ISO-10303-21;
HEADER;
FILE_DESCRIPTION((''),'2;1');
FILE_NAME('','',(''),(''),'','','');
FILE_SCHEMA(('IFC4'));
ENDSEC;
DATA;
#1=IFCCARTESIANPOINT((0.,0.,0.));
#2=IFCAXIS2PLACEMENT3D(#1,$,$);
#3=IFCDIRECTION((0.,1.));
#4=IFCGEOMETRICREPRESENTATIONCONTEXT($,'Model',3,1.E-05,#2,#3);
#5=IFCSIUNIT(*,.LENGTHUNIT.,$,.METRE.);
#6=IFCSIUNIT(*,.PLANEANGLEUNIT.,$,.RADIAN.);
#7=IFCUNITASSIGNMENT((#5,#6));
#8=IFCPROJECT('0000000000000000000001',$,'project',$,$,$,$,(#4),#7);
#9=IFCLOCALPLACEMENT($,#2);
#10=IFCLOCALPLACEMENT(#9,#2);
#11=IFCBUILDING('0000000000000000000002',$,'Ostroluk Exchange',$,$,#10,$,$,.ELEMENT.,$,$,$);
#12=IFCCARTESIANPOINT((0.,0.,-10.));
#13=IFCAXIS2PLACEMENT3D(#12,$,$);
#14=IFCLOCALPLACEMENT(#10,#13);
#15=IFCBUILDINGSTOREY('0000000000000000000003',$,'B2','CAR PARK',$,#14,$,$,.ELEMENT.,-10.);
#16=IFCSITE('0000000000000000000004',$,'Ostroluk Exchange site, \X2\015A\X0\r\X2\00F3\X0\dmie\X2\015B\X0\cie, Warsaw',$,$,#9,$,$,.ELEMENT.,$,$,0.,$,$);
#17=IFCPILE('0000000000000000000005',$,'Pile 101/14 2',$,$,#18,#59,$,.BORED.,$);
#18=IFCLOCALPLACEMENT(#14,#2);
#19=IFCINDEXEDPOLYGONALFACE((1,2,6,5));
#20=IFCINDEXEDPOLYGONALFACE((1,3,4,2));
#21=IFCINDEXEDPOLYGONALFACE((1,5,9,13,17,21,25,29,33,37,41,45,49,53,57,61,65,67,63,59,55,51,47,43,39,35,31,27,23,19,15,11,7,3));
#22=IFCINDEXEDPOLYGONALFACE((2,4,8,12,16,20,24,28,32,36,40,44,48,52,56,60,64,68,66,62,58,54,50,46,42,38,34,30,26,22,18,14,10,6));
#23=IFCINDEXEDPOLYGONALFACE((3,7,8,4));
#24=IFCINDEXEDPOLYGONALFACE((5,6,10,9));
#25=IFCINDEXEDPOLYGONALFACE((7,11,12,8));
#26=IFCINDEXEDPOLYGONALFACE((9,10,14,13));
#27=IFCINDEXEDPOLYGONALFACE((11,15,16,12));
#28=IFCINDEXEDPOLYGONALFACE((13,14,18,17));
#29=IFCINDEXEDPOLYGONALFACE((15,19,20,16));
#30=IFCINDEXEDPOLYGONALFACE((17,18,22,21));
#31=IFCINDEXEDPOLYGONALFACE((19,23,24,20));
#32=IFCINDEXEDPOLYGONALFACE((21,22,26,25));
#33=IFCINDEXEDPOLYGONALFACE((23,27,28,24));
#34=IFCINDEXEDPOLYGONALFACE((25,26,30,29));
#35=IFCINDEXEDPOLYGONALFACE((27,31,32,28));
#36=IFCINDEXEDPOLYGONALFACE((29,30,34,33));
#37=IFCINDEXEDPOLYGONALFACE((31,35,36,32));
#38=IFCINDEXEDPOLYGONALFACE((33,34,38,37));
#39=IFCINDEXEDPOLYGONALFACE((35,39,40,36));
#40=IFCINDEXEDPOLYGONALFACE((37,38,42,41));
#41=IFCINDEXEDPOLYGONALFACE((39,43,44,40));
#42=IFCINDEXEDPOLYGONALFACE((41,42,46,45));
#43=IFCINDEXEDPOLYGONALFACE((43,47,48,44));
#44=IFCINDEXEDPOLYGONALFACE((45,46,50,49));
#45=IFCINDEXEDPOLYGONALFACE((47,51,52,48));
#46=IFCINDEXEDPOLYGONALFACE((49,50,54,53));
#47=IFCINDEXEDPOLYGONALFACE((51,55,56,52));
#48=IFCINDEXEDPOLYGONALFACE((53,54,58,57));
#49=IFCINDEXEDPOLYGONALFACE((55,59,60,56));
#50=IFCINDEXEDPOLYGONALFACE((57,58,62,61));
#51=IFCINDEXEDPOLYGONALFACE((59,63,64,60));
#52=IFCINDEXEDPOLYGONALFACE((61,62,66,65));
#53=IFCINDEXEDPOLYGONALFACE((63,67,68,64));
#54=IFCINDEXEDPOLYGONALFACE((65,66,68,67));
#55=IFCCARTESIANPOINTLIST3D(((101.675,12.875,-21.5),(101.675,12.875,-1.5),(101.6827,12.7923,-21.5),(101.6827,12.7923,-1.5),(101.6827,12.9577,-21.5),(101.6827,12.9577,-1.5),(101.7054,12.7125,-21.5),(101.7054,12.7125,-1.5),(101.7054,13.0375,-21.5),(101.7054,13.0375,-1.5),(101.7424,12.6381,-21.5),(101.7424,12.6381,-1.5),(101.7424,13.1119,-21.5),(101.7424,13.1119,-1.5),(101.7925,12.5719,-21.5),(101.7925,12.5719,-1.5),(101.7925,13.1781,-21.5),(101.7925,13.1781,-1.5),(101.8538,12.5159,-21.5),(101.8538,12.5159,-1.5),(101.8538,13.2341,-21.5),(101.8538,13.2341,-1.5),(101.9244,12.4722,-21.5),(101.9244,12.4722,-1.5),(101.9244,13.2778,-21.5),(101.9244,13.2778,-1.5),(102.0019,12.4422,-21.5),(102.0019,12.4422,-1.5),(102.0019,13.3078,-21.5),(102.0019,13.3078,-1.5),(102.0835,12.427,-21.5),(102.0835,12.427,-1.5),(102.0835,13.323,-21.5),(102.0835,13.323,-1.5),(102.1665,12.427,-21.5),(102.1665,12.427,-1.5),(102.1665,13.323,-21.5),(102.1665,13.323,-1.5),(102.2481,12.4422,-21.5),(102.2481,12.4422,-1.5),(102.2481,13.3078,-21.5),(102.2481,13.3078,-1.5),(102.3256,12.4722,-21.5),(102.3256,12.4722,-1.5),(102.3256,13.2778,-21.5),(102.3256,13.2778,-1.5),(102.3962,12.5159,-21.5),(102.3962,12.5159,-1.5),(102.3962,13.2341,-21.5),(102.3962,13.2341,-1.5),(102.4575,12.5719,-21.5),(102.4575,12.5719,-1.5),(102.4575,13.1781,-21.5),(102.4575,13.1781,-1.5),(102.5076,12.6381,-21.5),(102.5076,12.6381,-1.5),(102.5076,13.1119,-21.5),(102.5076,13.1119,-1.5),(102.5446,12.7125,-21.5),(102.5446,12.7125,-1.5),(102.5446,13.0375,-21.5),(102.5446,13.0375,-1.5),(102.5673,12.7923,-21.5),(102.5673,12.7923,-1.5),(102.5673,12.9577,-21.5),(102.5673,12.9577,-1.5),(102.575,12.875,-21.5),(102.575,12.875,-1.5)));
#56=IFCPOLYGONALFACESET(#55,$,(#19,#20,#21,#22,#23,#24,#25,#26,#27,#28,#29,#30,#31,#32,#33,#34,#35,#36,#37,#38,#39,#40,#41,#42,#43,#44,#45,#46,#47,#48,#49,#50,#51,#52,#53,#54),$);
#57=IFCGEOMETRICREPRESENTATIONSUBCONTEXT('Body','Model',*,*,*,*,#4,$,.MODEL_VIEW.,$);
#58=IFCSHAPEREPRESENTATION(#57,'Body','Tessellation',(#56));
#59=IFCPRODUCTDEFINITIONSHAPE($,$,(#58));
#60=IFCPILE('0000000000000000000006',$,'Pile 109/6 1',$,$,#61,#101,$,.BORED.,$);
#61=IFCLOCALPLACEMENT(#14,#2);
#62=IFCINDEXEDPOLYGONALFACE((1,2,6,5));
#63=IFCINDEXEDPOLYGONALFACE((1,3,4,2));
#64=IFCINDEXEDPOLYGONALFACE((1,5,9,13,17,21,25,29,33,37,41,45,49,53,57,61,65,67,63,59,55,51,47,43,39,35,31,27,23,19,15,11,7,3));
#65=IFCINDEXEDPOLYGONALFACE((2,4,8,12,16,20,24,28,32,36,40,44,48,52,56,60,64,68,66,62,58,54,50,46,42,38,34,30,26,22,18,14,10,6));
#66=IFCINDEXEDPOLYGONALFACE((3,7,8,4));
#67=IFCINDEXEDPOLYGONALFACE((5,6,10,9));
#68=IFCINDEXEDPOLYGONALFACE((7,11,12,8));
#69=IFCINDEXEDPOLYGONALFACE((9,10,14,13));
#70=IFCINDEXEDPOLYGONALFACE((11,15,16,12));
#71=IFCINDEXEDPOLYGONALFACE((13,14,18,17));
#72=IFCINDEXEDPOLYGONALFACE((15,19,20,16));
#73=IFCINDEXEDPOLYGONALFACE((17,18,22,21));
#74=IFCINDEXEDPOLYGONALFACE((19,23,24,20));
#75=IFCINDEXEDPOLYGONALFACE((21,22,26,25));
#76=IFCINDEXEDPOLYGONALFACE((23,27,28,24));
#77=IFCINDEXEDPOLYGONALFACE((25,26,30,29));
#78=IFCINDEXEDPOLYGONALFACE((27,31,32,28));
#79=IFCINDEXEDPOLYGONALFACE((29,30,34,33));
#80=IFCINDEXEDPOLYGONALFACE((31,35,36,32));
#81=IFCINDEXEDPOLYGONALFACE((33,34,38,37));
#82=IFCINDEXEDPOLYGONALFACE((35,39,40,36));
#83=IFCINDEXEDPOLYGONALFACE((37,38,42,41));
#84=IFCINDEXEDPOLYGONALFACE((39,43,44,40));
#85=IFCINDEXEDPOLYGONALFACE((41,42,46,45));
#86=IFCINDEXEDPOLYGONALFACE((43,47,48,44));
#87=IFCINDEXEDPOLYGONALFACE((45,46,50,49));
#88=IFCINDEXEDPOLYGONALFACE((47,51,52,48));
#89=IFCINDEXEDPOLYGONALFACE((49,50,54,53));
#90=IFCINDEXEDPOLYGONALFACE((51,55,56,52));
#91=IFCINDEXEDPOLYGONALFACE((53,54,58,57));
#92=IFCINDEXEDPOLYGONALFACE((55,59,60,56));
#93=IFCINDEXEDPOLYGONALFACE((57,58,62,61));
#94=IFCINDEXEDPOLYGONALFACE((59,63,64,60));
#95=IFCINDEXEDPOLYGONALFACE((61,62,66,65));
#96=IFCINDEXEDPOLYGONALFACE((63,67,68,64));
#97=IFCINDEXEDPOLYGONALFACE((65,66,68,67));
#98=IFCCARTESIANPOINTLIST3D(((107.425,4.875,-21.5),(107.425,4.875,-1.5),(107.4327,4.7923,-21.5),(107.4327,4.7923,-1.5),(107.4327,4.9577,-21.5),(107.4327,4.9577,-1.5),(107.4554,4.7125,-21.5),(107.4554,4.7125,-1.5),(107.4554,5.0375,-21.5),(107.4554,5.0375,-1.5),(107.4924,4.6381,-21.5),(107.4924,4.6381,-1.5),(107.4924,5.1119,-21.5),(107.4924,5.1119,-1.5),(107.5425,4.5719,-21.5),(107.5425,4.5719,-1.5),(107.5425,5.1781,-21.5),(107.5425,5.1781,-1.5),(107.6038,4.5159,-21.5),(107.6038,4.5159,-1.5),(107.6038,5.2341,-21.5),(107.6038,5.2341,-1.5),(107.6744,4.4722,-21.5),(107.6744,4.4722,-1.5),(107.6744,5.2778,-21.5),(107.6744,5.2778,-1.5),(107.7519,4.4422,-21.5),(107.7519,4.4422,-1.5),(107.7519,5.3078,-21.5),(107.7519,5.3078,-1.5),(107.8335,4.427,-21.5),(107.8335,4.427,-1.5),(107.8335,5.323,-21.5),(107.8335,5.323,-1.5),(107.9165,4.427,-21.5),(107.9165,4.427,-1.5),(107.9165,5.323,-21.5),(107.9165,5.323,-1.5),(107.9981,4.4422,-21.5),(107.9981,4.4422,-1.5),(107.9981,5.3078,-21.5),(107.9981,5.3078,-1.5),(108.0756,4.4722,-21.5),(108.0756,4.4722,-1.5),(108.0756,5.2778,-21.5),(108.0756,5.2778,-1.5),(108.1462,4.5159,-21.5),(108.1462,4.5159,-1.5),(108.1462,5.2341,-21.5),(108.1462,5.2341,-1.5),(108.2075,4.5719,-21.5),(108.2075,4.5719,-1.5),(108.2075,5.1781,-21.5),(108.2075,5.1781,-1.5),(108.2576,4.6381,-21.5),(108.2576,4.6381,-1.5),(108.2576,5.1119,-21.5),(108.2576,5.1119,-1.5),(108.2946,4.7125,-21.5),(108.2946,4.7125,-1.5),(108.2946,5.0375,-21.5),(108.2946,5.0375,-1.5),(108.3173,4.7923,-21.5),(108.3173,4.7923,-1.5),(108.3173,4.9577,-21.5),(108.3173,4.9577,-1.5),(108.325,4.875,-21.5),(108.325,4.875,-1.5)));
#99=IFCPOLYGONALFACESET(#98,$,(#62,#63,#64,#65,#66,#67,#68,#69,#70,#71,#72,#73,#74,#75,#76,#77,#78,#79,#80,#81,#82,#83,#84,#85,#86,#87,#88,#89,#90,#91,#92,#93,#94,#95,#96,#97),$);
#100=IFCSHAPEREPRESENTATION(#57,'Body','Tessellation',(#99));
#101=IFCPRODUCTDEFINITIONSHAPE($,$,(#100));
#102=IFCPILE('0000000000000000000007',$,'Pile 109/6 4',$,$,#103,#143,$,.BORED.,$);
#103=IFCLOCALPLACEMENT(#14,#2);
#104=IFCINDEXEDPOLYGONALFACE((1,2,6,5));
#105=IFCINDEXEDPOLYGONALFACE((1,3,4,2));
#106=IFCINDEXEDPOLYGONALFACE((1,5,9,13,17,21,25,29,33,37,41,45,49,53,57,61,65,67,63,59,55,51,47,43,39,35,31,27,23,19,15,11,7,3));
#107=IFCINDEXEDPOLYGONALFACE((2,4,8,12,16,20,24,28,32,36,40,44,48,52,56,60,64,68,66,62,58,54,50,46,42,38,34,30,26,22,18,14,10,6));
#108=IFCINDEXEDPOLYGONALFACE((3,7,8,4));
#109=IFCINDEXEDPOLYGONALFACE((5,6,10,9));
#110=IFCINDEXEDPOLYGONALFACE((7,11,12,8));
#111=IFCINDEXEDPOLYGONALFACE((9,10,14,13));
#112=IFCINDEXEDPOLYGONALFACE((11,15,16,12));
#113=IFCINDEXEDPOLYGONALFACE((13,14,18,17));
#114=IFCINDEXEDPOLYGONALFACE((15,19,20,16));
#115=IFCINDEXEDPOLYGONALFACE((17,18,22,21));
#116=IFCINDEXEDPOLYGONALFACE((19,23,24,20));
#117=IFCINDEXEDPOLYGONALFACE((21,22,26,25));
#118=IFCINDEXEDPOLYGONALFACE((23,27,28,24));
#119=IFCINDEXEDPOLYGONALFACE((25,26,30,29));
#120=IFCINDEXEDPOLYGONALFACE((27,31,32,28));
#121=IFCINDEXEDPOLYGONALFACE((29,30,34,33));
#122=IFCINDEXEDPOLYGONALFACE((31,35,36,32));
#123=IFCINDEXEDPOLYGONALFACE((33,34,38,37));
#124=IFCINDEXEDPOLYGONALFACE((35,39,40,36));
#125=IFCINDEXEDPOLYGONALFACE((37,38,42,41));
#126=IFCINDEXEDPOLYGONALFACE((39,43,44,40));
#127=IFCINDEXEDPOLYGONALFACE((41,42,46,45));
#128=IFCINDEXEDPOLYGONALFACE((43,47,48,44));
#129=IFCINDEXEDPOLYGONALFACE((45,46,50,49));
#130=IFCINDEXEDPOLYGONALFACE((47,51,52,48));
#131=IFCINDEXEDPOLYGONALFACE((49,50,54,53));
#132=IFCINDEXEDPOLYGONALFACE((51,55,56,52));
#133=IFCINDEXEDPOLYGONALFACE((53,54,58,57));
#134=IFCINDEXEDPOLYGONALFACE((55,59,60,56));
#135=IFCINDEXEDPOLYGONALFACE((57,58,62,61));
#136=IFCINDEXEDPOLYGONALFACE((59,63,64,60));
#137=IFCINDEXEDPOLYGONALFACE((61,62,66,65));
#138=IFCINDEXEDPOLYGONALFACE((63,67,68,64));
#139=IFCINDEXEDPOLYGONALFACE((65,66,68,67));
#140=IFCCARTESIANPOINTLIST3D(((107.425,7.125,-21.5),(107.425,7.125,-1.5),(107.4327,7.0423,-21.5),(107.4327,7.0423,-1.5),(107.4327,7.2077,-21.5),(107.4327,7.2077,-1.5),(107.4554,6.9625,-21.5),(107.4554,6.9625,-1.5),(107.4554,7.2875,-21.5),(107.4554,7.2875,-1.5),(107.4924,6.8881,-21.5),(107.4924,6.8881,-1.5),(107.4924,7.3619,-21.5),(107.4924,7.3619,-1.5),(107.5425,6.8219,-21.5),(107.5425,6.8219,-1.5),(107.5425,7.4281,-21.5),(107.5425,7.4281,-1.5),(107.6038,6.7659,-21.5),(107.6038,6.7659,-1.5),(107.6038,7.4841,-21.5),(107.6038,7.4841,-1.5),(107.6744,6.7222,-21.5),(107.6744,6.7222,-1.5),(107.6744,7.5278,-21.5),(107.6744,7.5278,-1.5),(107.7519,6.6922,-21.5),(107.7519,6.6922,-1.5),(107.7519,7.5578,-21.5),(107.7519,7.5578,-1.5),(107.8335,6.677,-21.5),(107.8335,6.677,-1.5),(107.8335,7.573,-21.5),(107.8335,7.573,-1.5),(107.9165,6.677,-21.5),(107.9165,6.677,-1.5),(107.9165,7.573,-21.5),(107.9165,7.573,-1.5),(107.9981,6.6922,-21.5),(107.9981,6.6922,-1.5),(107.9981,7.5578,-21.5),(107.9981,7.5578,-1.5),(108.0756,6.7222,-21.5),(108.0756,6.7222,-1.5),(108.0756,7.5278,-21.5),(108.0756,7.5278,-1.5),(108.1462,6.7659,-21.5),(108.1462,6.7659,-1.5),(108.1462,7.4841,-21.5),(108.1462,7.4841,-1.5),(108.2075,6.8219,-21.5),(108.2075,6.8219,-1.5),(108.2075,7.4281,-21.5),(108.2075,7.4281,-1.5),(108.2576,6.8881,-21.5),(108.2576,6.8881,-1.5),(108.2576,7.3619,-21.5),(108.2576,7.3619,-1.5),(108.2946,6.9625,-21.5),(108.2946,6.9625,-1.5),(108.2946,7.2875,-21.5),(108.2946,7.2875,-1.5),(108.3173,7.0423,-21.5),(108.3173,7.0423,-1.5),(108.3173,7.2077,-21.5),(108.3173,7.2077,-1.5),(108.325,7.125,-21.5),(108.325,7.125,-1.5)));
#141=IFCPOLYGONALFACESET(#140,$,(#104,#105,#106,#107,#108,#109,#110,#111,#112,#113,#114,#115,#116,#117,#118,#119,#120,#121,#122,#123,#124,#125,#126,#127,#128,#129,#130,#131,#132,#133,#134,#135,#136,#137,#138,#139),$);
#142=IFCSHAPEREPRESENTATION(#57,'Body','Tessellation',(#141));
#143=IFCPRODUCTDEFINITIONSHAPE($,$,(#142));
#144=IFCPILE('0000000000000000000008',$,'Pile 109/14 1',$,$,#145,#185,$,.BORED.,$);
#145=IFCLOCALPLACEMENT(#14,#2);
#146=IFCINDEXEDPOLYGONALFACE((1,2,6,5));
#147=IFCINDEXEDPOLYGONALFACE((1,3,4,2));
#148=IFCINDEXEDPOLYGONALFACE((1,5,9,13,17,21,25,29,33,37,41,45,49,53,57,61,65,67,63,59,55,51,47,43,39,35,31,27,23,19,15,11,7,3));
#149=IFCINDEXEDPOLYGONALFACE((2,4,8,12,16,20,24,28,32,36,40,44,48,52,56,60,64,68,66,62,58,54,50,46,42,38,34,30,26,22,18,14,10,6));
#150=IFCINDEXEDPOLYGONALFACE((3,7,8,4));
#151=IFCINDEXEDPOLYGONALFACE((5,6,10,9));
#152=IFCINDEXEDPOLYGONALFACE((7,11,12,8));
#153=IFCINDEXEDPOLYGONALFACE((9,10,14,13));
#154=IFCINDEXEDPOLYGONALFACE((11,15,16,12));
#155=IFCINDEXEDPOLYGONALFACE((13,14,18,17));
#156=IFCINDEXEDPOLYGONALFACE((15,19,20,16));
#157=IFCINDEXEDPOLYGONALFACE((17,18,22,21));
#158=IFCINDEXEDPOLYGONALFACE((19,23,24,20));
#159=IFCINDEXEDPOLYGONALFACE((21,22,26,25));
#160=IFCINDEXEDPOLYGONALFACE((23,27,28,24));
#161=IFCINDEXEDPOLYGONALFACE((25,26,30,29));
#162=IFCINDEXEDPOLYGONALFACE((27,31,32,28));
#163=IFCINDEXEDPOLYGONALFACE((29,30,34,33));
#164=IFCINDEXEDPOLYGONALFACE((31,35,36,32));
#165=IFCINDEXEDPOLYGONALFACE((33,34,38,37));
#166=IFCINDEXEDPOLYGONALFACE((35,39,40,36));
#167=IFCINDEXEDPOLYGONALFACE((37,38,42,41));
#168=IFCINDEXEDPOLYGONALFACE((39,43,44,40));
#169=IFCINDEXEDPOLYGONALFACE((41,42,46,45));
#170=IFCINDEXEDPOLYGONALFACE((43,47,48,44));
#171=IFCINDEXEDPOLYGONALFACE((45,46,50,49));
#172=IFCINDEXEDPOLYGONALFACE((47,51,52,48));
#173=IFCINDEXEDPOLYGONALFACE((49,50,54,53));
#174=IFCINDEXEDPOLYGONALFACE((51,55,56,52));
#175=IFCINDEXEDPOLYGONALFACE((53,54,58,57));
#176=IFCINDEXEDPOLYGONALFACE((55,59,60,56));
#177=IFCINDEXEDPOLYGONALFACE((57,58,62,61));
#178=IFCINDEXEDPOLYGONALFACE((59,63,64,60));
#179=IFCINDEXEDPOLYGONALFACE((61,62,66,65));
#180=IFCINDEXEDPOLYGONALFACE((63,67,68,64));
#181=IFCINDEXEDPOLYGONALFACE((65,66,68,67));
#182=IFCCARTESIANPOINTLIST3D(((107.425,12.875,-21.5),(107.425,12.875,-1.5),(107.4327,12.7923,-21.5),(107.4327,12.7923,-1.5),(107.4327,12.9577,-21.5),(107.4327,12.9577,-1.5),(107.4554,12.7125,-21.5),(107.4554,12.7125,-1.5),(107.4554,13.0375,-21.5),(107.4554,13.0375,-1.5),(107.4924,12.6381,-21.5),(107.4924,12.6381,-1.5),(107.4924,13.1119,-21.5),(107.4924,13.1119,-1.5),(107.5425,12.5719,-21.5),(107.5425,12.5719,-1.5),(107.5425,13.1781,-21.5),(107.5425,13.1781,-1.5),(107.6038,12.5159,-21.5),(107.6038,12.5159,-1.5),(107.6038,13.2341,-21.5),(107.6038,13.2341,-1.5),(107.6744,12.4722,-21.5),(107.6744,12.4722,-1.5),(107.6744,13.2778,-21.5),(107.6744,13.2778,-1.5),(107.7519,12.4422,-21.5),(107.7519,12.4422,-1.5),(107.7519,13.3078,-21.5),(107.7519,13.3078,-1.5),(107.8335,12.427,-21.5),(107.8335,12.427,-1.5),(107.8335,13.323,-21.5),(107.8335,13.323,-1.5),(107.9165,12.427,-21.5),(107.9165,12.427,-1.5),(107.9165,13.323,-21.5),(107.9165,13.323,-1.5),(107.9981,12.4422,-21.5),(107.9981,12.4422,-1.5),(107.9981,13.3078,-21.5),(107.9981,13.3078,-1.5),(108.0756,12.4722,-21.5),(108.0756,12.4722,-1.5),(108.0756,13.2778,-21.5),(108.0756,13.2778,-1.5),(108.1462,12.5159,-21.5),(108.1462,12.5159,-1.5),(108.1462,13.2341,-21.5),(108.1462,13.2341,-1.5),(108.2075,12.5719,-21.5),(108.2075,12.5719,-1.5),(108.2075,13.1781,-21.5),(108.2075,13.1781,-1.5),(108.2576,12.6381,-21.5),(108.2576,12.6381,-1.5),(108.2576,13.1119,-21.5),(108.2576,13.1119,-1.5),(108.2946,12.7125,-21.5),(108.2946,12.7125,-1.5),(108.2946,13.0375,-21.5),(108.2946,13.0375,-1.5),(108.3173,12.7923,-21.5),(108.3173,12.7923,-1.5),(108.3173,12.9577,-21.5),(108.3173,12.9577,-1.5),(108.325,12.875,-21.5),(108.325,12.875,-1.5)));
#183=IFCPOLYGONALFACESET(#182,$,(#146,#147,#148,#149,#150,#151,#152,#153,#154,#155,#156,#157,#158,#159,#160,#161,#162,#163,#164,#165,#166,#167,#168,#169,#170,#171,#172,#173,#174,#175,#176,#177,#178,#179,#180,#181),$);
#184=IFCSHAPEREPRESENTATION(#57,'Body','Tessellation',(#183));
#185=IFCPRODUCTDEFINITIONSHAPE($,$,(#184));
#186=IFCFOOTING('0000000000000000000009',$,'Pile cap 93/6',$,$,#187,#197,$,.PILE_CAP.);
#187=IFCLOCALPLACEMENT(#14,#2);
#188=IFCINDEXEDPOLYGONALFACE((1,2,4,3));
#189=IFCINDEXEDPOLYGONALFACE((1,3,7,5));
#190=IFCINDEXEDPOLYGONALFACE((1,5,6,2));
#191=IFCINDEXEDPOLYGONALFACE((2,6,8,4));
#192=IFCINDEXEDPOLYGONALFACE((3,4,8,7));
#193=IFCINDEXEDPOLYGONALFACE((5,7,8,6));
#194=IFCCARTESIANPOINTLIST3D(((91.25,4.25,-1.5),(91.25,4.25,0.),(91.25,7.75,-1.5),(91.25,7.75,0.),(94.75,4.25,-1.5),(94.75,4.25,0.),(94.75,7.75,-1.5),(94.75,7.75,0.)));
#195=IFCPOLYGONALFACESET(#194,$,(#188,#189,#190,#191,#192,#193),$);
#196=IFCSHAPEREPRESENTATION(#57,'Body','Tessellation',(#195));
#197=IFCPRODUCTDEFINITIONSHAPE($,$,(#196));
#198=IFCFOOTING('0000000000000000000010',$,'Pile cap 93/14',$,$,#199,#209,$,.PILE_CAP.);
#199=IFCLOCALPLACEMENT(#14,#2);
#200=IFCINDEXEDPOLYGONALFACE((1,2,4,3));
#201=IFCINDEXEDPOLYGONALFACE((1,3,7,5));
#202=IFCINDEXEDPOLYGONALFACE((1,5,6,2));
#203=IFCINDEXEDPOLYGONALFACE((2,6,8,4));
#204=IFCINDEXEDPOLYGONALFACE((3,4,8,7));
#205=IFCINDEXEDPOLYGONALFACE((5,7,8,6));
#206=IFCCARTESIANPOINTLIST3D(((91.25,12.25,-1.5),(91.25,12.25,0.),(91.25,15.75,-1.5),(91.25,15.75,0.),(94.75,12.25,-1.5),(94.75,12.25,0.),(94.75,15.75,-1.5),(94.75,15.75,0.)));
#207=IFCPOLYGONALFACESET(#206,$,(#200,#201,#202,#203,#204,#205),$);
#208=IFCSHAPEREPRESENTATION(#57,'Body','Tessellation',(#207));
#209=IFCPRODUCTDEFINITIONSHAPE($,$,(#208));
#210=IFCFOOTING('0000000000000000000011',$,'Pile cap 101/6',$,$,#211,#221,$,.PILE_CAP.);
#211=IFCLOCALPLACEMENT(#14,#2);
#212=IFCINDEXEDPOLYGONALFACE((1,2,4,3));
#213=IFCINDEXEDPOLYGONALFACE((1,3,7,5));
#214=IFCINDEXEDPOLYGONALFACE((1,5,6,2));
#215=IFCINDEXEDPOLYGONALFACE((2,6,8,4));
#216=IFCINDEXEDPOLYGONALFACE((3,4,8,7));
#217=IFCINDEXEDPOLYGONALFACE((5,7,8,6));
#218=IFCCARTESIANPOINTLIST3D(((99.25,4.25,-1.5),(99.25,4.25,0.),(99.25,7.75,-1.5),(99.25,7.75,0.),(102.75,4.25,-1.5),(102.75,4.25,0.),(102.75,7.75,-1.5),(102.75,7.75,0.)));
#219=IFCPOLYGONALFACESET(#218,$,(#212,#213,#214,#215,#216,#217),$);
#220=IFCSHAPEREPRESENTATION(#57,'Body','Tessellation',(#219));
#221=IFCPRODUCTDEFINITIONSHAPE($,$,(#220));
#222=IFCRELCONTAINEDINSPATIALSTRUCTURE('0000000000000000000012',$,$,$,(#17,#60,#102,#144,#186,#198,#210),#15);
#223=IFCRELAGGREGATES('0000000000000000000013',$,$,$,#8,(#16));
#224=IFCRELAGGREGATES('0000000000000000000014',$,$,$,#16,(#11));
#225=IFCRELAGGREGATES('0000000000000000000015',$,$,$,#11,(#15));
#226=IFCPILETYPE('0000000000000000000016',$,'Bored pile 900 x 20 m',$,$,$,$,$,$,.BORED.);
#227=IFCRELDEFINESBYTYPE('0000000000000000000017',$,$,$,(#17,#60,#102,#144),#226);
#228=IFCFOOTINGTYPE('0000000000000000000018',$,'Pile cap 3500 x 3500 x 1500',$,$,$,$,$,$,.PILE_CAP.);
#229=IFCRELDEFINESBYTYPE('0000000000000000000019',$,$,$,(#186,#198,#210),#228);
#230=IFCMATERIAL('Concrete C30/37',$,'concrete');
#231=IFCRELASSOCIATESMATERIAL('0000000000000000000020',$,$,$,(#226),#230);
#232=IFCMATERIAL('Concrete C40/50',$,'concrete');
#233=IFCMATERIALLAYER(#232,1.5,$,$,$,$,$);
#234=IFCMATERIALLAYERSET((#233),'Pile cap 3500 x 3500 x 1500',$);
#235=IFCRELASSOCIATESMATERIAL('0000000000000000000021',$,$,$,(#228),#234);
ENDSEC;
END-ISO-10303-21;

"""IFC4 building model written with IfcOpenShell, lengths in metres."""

from ifc_helpers import new_model, si_unit, direction, frame, origin, origin_2d, place, context, subcontext, project, spatial, rectangle, circle, extrude, material, layer, layer_set, type_object, element, save


model = new_model("IFC4")

# Units and contexts
model_context = context("Model", 3, precision=1e-05, world=origin(), true_north=direction((0.0, 1.0)))
body_context = subcontext(model_context, "Body", "Model", "MODEL_VIEW")
ifc_project = project(units=[si_unit("LENGTHUNIT", "METRE"), si_unit("PLANEANGLEUNIT", "RADIAN")], contexts=[model_context])

# Site, building, storey
site_placement = place(None, origin())
site = spatial("IfcSite", under=ifc_project, at=site_placement, Name="Ostroluk Exchange site, Śródmieście, Warsaw", CompositionType="ELEMENT", RefElevation=0.0)
building_placement = place(site_placement, origin())
building = spatial("IfcBuilding", under=site, at=building_placement, Name="Ostroluk Exchange", CompositionType="ELEMENT")
storey_placement = place(building_placement, frame((0.0, 0.0, -10.0)))
storey = spatial("IfcBuildingStorey", under=building, at=storey_placement, Name="B2", Description="CAR PARK", CompositionType="ELEMENT", Elevation=-10.0)

# Piles
ifc_material_1 = material(Name="Concrete C30/37", Category="concrete")
pile_type = type_object("IfcPileType", Name="Bored pile 900 x 20 m", PredefinedType="BORED", material=ifc_material_1)
for number, where, z_axis, x_axis, name in (
    (1, (102.125, 12.875, -1.5), (0.0, 0.0, -1.0), (1.0, 0.0, 0.0), "Pile 101/14 2"),
    (2, (107.875, 4.875, -1.5), (0.0, 0.0, -1.0), (1.0, 0.0, 0.0), "Pile 109/6 1"),
    (3, (107.875, 7.125, -1.5), (0.0, 0.0, -1.0), (1.0, 0.0, 0.0), "Pile 109/6 4"),
    (4, (107.875, 12.875, -1.5), (0.0, 0.0, -1.0), (1.0, 0.0, 0.0), "Pile 109/14 1"),
):
    element("IfcPile", number, at=place(storey_placement, frame(where, z_axis=z_axis, x_axis=x_axis)), inside=storey, type_object=pile_type, Name=name, PredefinedType="BORED", context=body_context, shape_type="SweptSolid", body=[
        extrude(circle(Radius=0.45, at=origin_2d()), origin(), (0.0, 0.0, 1.0), 20.0),
    ])

# Footings
ifc_material_2 = material(Name="Concrete C40/50", Category="concrete")
ifc_layer_1 = layer(ifc_material_2, 1.5)
ifc_layer_set_1 = layer_set([ifc_layer_1], Name="Pile cap 3500 x 3500 x 1500")
footing_type = type_object("IfcFootingType", Name="Pile cap 3500 x 3500 x 1500", PredefinedType="PILE_CAP", material=ifc_layer_set_1)
for number, where, z_axis, x_axis, name in (
    (5, (93.0, 6.0, -1.5), (0.0, 0.0, 1.0), (1.0, 0.0, 0.0), "Pile cap 93/6"),
    (6, (93.0, 14.0, -1.5), (0.0, 0.0, 1.0), (1.0, 0.0, 0.0), "Pile cap 93/14"),
    (7, (101.0, 6.0, -1.5), (0.0, 0.0, 1.0), (1.0, 0.0, 0.0), "Pile cap 101/6"),
):
    element("IfcFooting", number, at=place(storey_placement, frame(where, z_axis=z_axis, x_axis=x_axis)), inside=storey, type_object=footing_type, Name=name, PredefinedType="PILE_CAP", context=body_context, shape_type="SweptSolid", body=[
        extrude(rectangle(XDim=3.5, YDim=3.5, at=origin_2d()), origin(), (0.0, 0.0, 1.0), 1.5),
    ])

save(model, "model.ifc")
